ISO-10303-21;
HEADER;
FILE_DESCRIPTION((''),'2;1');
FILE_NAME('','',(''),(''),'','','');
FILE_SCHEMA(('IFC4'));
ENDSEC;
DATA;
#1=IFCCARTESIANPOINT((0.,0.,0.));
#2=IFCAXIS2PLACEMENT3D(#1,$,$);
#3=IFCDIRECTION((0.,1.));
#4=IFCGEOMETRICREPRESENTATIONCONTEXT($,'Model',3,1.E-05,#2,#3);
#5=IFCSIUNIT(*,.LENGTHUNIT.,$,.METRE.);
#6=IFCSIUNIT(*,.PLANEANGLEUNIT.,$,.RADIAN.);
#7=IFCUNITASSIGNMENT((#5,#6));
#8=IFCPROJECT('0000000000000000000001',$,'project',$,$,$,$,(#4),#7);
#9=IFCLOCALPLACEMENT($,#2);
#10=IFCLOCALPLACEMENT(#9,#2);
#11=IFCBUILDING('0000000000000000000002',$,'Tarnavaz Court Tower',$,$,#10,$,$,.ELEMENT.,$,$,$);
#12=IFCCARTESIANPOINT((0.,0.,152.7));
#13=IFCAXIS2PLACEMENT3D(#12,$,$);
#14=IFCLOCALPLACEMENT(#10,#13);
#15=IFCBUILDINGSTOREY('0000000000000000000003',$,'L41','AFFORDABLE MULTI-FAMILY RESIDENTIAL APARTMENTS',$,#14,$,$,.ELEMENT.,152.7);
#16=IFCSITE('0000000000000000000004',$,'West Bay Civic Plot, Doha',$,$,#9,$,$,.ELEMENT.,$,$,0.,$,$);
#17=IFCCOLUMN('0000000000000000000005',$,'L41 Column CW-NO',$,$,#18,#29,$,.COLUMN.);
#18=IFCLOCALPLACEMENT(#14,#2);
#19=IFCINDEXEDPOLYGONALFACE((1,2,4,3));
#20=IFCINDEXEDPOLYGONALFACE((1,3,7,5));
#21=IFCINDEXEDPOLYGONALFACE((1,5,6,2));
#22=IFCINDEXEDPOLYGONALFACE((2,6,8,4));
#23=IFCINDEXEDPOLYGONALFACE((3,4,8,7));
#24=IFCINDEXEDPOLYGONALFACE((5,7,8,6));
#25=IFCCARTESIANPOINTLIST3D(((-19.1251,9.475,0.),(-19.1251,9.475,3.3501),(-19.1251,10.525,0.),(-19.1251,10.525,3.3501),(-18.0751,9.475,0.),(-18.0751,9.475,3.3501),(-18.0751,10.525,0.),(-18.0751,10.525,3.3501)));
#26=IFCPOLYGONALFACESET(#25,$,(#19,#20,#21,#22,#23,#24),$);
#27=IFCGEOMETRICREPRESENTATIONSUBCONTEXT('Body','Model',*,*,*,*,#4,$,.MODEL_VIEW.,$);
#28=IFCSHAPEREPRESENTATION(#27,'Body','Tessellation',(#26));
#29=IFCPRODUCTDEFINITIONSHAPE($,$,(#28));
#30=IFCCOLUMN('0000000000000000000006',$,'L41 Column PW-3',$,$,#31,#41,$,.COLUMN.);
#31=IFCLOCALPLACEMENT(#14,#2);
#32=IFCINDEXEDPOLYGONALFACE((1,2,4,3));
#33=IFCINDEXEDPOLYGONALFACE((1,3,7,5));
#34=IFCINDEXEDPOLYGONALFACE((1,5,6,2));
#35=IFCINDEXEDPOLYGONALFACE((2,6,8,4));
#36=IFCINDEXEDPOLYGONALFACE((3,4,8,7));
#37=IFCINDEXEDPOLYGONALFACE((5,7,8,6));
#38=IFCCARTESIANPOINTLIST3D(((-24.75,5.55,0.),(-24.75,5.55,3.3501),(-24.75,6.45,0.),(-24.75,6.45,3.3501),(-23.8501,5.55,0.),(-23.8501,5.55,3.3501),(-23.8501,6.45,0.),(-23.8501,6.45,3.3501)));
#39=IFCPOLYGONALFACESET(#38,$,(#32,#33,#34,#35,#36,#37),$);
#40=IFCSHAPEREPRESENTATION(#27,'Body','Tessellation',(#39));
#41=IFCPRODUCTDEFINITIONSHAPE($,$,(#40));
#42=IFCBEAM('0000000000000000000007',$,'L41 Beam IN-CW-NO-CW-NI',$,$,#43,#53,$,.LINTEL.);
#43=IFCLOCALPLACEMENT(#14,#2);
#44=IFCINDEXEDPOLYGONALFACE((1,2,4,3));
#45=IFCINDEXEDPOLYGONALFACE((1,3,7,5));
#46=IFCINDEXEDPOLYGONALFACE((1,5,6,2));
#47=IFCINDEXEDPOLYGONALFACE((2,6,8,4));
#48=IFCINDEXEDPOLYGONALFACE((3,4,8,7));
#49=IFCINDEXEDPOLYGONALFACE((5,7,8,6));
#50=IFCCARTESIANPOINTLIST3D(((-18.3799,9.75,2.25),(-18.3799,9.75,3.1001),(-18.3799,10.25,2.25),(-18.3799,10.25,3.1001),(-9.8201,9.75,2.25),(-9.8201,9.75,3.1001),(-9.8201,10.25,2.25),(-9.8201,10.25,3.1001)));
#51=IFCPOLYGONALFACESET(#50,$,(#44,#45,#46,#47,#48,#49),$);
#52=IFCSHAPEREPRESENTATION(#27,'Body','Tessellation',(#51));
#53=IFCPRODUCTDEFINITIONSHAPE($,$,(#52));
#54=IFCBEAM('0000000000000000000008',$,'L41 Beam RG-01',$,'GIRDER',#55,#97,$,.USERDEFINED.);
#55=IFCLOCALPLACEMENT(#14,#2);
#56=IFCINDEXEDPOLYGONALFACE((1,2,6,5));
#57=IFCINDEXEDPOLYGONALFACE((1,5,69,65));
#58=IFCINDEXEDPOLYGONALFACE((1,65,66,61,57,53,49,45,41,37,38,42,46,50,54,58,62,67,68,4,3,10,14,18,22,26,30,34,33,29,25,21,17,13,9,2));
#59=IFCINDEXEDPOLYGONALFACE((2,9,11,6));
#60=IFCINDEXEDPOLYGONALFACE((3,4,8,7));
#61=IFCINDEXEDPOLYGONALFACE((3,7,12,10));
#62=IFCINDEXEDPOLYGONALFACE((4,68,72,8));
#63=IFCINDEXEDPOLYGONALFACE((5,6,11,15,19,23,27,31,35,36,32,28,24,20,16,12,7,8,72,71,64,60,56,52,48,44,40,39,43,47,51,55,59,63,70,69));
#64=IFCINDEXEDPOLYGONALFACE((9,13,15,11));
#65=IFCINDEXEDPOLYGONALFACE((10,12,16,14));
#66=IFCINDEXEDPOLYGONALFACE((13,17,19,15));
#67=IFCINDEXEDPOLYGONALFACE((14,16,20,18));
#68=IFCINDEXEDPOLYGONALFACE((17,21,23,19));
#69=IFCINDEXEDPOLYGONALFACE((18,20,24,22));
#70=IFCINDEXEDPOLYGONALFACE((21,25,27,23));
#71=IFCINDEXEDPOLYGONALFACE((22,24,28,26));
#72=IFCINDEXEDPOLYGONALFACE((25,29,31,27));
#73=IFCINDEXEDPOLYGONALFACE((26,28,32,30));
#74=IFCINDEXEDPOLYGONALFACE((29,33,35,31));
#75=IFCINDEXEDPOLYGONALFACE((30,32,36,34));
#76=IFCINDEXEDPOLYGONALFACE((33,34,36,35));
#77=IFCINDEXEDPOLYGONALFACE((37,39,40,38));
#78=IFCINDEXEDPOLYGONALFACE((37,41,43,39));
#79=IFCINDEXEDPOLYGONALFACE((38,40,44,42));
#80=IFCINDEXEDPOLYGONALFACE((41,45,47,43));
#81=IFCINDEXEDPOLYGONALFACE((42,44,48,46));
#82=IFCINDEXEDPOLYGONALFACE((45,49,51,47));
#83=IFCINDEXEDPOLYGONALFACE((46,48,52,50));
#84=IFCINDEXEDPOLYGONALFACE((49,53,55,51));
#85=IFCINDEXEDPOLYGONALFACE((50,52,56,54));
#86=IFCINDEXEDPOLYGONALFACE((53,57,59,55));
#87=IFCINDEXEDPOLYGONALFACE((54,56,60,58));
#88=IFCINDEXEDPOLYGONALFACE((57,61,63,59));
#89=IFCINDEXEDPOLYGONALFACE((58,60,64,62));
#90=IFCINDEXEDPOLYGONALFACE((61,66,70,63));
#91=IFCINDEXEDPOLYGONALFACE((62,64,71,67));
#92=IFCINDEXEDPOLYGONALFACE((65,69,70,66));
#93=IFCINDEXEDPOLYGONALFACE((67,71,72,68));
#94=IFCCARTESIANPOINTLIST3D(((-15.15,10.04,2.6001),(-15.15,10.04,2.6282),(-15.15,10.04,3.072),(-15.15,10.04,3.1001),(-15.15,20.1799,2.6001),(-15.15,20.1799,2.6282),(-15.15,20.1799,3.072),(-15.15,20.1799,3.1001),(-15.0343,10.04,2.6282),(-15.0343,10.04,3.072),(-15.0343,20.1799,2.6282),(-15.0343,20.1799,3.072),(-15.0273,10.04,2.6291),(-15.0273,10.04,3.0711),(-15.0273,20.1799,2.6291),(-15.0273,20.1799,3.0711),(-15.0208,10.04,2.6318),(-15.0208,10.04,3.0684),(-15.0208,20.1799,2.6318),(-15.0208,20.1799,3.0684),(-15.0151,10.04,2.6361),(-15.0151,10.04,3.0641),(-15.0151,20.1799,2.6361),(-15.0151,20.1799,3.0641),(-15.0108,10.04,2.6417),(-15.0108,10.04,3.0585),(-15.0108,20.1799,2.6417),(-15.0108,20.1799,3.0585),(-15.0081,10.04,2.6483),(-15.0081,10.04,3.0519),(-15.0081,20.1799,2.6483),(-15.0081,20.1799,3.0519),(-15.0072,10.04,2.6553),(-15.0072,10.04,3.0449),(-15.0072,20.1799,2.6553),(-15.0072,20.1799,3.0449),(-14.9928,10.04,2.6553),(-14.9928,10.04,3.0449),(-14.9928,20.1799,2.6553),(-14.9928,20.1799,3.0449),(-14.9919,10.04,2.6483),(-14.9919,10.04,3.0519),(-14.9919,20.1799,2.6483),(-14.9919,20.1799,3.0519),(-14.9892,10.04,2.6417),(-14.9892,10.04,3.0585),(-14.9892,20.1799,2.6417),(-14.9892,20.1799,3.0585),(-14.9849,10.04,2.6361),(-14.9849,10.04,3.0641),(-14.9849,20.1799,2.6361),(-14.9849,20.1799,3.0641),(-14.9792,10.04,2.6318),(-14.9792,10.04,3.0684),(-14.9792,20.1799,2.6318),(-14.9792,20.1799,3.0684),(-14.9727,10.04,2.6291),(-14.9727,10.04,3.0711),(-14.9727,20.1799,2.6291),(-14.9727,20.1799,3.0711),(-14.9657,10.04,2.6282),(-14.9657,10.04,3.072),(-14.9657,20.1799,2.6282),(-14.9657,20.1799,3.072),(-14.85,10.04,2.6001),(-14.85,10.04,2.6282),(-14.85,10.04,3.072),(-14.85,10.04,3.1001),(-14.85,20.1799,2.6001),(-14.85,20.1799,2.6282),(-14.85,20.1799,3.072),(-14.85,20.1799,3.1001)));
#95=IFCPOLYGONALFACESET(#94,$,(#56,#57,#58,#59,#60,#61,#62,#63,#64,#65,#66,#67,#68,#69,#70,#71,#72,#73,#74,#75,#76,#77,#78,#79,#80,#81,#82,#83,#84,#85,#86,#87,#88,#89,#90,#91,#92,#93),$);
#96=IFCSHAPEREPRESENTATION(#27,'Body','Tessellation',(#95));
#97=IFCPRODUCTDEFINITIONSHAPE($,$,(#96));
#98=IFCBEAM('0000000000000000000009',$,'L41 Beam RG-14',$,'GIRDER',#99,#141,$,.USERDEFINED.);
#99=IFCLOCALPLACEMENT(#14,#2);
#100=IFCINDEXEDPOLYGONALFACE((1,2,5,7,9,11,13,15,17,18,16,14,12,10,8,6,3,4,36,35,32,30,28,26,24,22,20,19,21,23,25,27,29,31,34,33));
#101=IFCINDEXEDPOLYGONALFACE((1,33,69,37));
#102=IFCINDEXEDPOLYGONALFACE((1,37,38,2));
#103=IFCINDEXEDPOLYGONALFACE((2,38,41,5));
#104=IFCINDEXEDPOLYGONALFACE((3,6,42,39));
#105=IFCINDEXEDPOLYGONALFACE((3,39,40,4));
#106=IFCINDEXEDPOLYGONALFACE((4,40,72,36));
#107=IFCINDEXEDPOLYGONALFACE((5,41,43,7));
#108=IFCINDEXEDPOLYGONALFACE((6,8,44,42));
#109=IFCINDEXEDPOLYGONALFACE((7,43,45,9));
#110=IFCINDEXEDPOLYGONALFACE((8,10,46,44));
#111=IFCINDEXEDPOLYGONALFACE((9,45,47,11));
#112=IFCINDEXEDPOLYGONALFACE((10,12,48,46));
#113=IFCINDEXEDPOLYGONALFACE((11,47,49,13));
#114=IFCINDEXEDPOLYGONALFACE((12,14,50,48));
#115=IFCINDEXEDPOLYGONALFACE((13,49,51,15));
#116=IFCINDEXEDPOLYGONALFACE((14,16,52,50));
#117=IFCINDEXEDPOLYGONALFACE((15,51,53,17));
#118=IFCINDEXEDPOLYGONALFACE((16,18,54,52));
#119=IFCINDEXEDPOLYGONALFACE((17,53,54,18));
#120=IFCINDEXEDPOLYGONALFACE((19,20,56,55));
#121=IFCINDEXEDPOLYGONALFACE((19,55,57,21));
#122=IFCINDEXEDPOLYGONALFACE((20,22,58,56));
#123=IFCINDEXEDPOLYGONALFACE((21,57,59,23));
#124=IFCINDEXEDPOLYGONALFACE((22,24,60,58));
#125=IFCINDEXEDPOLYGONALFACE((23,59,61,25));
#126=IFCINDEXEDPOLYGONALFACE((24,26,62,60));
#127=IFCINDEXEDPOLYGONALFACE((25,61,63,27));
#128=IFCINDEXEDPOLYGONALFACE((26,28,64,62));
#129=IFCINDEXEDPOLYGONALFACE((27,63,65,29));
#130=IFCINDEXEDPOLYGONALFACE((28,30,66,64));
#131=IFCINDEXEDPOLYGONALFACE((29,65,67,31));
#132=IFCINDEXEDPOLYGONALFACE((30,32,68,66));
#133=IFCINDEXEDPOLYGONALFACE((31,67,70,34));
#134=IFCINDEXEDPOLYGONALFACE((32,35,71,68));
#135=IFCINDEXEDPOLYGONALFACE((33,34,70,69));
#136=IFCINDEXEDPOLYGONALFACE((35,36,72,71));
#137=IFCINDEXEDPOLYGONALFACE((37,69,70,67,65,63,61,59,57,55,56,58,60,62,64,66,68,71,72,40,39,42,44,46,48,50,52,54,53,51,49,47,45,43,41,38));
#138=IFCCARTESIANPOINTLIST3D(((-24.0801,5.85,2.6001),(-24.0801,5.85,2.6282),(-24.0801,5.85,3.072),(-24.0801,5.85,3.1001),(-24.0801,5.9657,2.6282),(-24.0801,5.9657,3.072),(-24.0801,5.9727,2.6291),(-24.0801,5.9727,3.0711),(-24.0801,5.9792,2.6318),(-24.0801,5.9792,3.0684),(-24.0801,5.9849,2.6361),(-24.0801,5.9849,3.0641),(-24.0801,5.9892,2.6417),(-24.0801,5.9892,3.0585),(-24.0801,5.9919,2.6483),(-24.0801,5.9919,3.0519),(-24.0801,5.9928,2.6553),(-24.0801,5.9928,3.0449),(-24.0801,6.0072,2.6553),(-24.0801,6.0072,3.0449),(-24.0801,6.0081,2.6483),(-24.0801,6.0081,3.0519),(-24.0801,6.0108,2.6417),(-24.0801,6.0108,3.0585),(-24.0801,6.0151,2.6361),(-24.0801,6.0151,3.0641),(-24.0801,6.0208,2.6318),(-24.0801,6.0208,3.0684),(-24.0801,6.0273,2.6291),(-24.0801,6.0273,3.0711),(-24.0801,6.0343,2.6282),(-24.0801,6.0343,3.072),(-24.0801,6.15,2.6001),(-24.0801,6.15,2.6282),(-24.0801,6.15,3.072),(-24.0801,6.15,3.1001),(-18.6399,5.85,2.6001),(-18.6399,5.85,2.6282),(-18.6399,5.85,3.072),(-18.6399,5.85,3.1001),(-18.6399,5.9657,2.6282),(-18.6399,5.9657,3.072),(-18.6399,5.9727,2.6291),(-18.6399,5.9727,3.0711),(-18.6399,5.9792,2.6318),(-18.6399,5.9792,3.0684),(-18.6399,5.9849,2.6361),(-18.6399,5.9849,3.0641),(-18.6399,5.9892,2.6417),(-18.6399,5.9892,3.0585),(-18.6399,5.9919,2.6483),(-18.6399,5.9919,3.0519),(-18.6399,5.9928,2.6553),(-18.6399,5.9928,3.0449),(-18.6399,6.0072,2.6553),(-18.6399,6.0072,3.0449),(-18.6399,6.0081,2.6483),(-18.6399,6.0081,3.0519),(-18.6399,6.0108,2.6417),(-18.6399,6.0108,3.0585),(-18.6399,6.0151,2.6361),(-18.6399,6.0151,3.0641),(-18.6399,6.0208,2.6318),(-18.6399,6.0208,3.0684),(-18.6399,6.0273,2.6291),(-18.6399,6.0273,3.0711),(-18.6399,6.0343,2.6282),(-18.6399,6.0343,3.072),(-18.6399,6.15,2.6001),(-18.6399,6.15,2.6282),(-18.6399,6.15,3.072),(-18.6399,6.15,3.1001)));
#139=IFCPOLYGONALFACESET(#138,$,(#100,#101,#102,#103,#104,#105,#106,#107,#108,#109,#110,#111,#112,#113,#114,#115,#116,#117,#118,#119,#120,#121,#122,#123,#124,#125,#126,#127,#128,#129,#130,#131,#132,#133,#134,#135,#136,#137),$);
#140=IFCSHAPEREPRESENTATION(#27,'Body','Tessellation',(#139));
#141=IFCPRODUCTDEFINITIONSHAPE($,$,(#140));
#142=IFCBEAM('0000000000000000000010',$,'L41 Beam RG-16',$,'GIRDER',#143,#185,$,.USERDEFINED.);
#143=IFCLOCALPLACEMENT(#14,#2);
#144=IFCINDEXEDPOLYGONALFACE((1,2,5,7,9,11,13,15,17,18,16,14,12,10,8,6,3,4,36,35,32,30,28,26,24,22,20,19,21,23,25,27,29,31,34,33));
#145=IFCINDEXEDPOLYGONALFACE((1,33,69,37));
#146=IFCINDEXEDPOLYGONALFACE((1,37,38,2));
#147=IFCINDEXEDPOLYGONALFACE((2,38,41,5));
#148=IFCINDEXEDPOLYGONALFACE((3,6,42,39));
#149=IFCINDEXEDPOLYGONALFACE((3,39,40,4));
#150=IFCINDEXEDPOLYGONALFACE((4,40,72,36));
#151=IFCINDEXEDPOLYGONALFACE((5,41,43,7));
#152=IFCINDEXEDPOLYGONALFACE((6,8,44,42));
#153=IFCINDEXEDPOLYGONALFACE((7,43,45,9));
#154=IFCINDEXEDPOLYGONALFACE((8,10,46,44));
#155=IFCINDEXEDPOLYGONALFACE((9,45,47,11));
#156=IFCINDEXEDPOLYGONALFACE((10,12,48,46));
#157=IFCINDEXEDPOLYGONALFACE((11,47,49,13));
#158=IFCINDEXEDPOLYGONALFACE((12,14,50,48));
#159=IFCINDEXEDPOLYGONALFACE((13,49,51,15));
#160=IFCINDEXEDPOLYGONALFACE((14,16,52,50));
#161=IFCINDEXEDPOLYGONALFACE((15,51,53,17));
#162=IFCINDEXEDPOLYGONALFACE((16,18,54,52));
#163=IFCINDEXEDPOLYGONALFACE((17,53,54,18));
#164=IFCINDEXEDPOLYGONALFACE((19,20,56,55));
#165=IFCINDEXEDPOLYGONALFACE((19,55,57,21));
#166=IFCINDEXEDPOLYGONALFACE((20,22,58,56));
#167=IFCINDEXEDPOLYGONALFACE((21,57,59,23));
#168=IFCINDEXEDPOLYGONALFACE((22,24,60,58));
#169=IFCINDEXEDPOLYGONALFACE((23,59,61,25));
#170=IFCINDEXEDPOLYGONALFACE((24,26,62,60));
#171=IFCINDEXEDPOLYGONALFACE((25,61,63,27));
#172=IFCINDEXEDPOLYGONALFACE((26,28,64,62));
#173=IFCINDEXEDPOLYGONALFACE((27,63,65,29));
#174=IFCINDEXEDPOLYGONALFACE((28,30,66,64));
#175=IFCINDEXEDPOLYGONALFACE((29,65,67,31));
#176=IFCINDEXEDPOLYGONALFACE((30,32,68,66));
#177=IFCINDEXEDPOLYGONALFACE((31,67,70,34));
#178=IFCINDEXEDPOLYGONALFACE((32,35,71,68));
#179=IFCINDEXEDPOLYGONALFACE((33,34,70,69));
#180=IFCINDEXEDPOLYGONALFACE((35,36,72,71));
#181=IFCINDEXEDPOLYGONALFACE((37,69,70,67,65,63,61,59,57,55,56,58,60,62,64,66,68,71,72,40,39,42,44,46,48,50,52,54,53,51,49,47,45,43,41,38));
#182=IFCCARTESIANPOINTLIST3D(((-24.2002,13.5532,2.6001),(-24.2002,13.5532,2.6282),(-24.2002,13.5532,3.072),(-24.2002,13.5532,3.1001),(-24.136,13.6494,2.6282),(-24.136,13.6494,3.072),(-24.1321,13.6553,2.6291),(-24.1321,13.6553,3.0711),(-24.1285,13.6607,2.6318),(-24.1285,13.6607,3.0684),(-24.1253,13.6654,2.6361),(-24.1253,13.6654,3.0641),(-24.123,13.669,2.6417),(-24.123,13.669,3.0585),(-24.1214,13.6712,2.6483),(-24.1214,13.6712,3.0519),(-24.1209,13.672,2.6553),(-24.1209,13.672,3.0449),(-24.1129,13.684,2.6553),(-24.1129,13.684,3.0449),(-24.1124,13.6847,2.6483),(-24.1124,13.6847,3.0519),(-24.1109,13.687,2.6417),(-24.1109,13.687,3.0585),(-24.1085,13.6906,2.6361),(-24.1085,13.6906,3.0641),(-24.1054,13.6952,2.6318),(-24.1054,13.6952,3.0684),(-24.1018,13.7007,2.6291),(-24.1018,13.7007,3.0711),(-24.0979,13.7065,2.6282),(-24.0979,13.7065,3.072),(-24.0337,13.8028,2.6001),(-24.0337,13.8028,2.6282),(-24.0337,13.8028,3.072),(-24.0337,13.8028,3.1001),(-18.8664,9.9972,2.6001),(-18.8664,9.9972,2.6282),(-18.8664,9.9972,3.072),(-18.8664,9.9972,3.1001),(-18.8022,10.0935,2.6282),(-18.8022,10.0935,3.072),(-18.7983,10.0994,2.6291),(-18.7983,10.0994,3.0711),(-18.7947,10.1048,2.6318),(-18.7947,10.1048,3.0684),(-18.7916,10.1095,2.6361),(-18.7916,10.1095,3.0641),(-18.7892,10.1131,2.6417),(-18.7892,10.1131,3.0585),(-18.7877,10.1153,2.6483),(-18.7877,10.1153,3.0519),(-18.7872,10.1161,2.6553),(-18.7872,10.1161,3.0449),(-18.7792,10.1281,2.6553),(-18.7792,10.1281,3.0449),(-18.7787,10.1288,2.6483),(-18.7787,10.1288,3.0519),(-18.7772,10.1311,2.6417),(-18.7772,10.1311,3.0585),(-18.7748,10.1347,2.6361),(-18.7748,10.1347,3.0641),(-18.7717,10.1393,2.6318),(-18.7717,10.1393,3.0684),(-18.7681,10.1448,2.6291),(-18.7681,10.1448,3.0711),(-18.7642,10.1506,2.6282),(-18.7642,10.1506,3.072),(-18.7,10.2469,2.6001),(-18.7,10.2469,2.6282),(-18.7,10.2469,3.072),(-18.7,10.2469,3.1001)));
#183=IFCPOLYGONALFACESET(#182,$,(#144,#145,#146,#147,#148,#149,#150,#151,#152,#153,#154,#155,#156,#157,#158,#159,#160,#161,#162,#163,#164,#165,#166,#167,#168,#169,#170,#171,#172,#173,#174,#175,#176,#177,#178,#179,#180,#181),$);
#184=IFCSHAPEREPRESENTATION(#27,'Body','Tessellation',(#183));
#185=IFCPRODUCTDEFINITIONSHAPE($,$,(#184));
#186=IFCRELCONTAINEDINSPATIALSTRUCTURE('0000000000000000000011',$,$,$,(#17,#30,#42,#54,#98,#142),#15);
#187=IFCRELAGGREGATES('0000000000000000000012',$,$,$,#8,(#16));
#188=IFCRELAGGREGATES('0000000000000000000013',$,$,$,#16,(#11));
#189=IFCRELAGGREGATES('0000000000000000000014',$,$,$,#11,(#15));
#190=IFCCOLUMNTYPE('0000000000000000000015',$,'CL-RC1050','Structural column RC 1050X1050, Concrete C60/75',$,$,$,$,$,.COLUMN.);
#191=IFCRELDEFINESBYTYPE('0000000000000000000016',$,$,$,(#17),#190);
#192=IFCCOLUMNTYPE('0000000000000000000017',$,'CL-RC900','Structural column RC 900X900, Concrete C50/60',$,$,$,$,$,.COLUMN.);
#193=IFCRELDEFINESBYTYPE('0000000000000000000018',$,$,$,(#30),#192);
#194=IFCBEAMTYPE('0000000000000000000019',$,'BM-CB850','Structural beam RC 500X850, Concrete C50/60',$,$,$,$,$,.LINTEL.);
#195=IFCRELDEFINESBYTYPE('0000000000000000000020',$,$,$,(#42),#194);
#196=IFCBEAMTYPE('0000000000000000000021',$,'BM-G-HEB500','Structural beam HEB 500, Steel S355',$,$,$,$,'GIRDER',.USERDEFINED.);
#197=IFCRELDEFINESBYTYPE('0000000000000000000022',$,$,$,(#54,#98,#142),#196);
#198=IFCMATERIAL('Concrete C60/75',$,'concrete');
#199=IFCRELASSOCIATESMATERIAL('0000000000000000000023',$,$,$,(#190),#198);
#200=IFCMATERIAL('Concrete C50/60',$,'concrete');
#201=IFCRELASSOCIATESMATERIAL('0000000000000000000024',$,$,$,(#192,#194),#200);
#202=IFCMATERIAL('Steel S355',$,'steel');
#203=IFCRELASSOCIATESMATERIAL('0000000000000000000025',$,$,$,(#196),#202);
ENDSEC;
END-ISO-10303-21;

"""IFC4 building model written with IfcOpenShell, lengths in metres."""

from ifc_helpers import new_model, si_unit, direction, frame, origin, origin_2d, place, context, subcontext, project, spatial, rectangle, i_section, extrude, material, material_profile, profile_set, type_object, element, save


model = new_model("IFC4")

# Units and contexts
model_context = context("Model", 3, precision=1e-05, world=origin(), true_north=direction((0.0, 1.0)))
body_context = subcontext(model_context, "Body", "Model", "MODEL_VIEW")
ifc_project = project(units=[si_unit("LENGTHUNIT", "METRE"), si_unit("PLANEANGLEUNIT", "RADIAN")], contexts=[model_context])

# Site, building, storey
site_placement = place(None, origin())
site = spatial("IfcSite", under=ifc_project, at=site_placement, Name="West Bay Civic Plot, Doha", CompositionType="ELEMENT", RefElevation=0.0)
building_placement = place(site_placement, origin())
building = spatial("IfcBuilding", under=site, at=building_placement, Name="Tarnavaz Court Tower", CompositionType="ELEMENT")
storey_placement = place(building_placement, frame((0.0, 0.0, 152.7)))
storey = spatial("IfcBuildingStorey", under=building, at=storey_placement, Name="L41", Description="AFFORDABLE MULTI-FAMILY RESIDENTIAL APARTMENTS", CompositionType="ELEMENT", Elevation=152.7)

# Columns
ifc_material_1 = material(Name="Concrete C60/75", Category="concrete")
ifc_material_profile_1 = material_profile(ifc_material_1, rectangle(XDim=1.05, YDim=1.05, at=origin_2d()), Name="RC 1050X1050")
ifc_profile_set_1 = profile_set([ifc_material_profile_1], Name="Concrete C60/75")
column_type_1 = type_object("IfcColumnType", Name="CL-RC1050", Description="Structural column RC 1050X1050, Concrete C60/75", PredefinedType="COLUMN", material=ifc_profile_set_1)
column_1_placement = place(storey_placement, frame((-18.6001, 10.0, 0.0), z_axis=(0.0, 0.0, 1.0), x_axis=(1.0, 0.0, 0.0)))
element("IfcColumn", 1, at=column_1_placement, inside=storey, type_object=column_type_1, Name="L41 Column CW-NO", PredefinedType="COLUMN", context=body_context, shape_type="SweptSolid", body=[
    extrude(rectangle(XDim=1.05, YDim=1.05, at=origin_2d()), origin(), (0.0, 0.0, 1.0), 3.3501),
])
ifc_material_2 = material(Name="Concrete C50/60", Category="concrete")
ifc_material_profile_2 = material_profile(ifc_material_2, rectangle(XDim=0.8999, YDim=0.8999, at=origin_2d()), Name="RC 900X900")
ifc_profile_set_2 = profile_set([ifc_material_profile_2], Name="Concrete C50/60")
column_type_2 = type_object("IfcColumnType", Name="CL-RC900", Description="Structural column RC 900X900, Concrete C50/60", PredefinedType="COLUMN", material=ifc_profile_set_2)
column_2_placement = place(storey_placement, frame((-24.3, 6.0, 0.0), z_axis=(0.0, 0.0, 1.0), x_axis=(1.0, 0.0, 0.0)))
element("IfcColumn", 2, at=column_2_placement, inside=storey, type_object=column_type_2, Name="L41 Column PW-3", PredefinedType="COLUMN", context=body_context, shape_type="SweptSolid", body=[
    extrude(rectangle(XDim=0.8999, YDim=0.8999, at=origin_2d()), origin(), (0.0, 0.0, 1.0), 3.3501),
])

# Beams
ifc_material_profile_3 = material_profile(ifc_material_2, rectangle(XDim=0.5, YDim=0.8501, at=origin_2d()), Name="RC 500X850")
ifc_profile_set_3 = profile_set([ifc_material_profile_3], Name="Concrete C50/60")
beam_type_1 = type_object("IfcBeamType", Name="BM-CB850", Description="Structural beam RC 500X850, Concrete C50/60", PredefinedType="LINTEL", material=ifc_profile_set_3)
beam_1_placement = place(storey_placement, frame((-18.3799, 10.0, 2.675), z_axis=(1.0, 0.0, 0.0), x_axis=(0.0, 1.0, 0.0)))
element("IfcBeam", 3, at=beam_1_placement, inside=storey, type_object=beam_type_1, Name="L41 Beam IN-CW-NO-CW-NI", PredefinedType="LINTEL", context=body_context, shape_type="SweptSolid", body=[
    extrude(rectangle(XDim=0.5, YDim=0.8501, at=origin_2d()), origin(), (0.0, 0.0, 1.0), 8.5598),
])
ifc_material_3 = material(Name="Steel S355", Category="steel")
ifc_material_profile_4 = material_profile(ifc_material_3, i_section(OverallWidth=0.3, OverallDepth=0.5, WebThickness=0.0144, FlangeThickness=0.0281, FilletRadius=0.0271, at=origin_2d()), Name="HEB 500")
ifc_profile_set_4 = profile_set([ifc_material_profile_4], Name="Steel S355")
beam_type_2 = type_object("IfcBeamType", Name="BM-G-HEB500", Description="Structural beam HEB 500, Steel S355", ElementType="GIRDER", PredefinedType="USERDEFINED", material=ifc_profile_set_4)
beam_2_placement = place(storey_placement, frame((-15.0, 10.04, 2.8501), z_axis=(0.0, 1.0, 0.0), x_axis=(-1.0, 0.0, 0.0)))
element("IfcBeam", 4, at=beam_2_placement, inside=storey, type_object=beam_type_2, Name="L41 Beam RG-01", ObjectType="GIRDER", PredefinedType="USERDEFINED", context=body_context, shape_type="SweptSolid", body=[
    extrude(i_section(OverallWidth=0.3, OverallDepth=0.5, WebThickness=0.0144, FlangeThickness=0.0281, FilletRadius=0.0271, at=origin_2d()), origin(), (0.0, 0.0, 1.0), 10.1399),
])
beam_3_placement = place(storey_placement, frame((-18.6399, 6.0, 2.8501), z_axis=(-1.0, 0.0, 0.0), x_axis=(0.0, -1.0, 0.0)))
element("IfcBeam", 5, at=beam_3_placement, inside=storey, type_object=beam_type_2, Name="L41 Beam RG-14", ObjectType="GIRDER", PredefinedType="USERDEFINED", context=body_context, shape_type="SweptSolid", body=[
    extrude(i_section(OverallWidth=0.3, OverallDepth=0.5, WebThickness=0.0144, FlangeThickness=0.0281, FilletRadius=0.0271, at=origin_2d()), origin(), (0.0, 0.0, 1.0), 5.4402),
])
beam_4_placement = place(storey_placement, frame((-18.7832, 10.1221, 2.8501), z_axis=(-0.832044, 0.554709, 0.0), x_axis=(-0.554709, -0.832044, 0.0)))
element("IfcBeam", 6, at=beam_4_placement, inside=storey, type_object=beam_type_2, Name="L41 Beam RG-16", ObjectType="GIRDER", PredefinedType="USERDEFINED", context=body_context, shape_type="SweptSolid", body=[
    extrude(i_section(OverallWidth=0.3, OverallDepth=0.5, WebThickness=0.0144, FlangeThickness=0.0281, FilletRadius=0.0271, at=origin_2d()), origin(), (0.0, 0.0, 1.0), 6.4104),
])

save(model, "model.ifc")
